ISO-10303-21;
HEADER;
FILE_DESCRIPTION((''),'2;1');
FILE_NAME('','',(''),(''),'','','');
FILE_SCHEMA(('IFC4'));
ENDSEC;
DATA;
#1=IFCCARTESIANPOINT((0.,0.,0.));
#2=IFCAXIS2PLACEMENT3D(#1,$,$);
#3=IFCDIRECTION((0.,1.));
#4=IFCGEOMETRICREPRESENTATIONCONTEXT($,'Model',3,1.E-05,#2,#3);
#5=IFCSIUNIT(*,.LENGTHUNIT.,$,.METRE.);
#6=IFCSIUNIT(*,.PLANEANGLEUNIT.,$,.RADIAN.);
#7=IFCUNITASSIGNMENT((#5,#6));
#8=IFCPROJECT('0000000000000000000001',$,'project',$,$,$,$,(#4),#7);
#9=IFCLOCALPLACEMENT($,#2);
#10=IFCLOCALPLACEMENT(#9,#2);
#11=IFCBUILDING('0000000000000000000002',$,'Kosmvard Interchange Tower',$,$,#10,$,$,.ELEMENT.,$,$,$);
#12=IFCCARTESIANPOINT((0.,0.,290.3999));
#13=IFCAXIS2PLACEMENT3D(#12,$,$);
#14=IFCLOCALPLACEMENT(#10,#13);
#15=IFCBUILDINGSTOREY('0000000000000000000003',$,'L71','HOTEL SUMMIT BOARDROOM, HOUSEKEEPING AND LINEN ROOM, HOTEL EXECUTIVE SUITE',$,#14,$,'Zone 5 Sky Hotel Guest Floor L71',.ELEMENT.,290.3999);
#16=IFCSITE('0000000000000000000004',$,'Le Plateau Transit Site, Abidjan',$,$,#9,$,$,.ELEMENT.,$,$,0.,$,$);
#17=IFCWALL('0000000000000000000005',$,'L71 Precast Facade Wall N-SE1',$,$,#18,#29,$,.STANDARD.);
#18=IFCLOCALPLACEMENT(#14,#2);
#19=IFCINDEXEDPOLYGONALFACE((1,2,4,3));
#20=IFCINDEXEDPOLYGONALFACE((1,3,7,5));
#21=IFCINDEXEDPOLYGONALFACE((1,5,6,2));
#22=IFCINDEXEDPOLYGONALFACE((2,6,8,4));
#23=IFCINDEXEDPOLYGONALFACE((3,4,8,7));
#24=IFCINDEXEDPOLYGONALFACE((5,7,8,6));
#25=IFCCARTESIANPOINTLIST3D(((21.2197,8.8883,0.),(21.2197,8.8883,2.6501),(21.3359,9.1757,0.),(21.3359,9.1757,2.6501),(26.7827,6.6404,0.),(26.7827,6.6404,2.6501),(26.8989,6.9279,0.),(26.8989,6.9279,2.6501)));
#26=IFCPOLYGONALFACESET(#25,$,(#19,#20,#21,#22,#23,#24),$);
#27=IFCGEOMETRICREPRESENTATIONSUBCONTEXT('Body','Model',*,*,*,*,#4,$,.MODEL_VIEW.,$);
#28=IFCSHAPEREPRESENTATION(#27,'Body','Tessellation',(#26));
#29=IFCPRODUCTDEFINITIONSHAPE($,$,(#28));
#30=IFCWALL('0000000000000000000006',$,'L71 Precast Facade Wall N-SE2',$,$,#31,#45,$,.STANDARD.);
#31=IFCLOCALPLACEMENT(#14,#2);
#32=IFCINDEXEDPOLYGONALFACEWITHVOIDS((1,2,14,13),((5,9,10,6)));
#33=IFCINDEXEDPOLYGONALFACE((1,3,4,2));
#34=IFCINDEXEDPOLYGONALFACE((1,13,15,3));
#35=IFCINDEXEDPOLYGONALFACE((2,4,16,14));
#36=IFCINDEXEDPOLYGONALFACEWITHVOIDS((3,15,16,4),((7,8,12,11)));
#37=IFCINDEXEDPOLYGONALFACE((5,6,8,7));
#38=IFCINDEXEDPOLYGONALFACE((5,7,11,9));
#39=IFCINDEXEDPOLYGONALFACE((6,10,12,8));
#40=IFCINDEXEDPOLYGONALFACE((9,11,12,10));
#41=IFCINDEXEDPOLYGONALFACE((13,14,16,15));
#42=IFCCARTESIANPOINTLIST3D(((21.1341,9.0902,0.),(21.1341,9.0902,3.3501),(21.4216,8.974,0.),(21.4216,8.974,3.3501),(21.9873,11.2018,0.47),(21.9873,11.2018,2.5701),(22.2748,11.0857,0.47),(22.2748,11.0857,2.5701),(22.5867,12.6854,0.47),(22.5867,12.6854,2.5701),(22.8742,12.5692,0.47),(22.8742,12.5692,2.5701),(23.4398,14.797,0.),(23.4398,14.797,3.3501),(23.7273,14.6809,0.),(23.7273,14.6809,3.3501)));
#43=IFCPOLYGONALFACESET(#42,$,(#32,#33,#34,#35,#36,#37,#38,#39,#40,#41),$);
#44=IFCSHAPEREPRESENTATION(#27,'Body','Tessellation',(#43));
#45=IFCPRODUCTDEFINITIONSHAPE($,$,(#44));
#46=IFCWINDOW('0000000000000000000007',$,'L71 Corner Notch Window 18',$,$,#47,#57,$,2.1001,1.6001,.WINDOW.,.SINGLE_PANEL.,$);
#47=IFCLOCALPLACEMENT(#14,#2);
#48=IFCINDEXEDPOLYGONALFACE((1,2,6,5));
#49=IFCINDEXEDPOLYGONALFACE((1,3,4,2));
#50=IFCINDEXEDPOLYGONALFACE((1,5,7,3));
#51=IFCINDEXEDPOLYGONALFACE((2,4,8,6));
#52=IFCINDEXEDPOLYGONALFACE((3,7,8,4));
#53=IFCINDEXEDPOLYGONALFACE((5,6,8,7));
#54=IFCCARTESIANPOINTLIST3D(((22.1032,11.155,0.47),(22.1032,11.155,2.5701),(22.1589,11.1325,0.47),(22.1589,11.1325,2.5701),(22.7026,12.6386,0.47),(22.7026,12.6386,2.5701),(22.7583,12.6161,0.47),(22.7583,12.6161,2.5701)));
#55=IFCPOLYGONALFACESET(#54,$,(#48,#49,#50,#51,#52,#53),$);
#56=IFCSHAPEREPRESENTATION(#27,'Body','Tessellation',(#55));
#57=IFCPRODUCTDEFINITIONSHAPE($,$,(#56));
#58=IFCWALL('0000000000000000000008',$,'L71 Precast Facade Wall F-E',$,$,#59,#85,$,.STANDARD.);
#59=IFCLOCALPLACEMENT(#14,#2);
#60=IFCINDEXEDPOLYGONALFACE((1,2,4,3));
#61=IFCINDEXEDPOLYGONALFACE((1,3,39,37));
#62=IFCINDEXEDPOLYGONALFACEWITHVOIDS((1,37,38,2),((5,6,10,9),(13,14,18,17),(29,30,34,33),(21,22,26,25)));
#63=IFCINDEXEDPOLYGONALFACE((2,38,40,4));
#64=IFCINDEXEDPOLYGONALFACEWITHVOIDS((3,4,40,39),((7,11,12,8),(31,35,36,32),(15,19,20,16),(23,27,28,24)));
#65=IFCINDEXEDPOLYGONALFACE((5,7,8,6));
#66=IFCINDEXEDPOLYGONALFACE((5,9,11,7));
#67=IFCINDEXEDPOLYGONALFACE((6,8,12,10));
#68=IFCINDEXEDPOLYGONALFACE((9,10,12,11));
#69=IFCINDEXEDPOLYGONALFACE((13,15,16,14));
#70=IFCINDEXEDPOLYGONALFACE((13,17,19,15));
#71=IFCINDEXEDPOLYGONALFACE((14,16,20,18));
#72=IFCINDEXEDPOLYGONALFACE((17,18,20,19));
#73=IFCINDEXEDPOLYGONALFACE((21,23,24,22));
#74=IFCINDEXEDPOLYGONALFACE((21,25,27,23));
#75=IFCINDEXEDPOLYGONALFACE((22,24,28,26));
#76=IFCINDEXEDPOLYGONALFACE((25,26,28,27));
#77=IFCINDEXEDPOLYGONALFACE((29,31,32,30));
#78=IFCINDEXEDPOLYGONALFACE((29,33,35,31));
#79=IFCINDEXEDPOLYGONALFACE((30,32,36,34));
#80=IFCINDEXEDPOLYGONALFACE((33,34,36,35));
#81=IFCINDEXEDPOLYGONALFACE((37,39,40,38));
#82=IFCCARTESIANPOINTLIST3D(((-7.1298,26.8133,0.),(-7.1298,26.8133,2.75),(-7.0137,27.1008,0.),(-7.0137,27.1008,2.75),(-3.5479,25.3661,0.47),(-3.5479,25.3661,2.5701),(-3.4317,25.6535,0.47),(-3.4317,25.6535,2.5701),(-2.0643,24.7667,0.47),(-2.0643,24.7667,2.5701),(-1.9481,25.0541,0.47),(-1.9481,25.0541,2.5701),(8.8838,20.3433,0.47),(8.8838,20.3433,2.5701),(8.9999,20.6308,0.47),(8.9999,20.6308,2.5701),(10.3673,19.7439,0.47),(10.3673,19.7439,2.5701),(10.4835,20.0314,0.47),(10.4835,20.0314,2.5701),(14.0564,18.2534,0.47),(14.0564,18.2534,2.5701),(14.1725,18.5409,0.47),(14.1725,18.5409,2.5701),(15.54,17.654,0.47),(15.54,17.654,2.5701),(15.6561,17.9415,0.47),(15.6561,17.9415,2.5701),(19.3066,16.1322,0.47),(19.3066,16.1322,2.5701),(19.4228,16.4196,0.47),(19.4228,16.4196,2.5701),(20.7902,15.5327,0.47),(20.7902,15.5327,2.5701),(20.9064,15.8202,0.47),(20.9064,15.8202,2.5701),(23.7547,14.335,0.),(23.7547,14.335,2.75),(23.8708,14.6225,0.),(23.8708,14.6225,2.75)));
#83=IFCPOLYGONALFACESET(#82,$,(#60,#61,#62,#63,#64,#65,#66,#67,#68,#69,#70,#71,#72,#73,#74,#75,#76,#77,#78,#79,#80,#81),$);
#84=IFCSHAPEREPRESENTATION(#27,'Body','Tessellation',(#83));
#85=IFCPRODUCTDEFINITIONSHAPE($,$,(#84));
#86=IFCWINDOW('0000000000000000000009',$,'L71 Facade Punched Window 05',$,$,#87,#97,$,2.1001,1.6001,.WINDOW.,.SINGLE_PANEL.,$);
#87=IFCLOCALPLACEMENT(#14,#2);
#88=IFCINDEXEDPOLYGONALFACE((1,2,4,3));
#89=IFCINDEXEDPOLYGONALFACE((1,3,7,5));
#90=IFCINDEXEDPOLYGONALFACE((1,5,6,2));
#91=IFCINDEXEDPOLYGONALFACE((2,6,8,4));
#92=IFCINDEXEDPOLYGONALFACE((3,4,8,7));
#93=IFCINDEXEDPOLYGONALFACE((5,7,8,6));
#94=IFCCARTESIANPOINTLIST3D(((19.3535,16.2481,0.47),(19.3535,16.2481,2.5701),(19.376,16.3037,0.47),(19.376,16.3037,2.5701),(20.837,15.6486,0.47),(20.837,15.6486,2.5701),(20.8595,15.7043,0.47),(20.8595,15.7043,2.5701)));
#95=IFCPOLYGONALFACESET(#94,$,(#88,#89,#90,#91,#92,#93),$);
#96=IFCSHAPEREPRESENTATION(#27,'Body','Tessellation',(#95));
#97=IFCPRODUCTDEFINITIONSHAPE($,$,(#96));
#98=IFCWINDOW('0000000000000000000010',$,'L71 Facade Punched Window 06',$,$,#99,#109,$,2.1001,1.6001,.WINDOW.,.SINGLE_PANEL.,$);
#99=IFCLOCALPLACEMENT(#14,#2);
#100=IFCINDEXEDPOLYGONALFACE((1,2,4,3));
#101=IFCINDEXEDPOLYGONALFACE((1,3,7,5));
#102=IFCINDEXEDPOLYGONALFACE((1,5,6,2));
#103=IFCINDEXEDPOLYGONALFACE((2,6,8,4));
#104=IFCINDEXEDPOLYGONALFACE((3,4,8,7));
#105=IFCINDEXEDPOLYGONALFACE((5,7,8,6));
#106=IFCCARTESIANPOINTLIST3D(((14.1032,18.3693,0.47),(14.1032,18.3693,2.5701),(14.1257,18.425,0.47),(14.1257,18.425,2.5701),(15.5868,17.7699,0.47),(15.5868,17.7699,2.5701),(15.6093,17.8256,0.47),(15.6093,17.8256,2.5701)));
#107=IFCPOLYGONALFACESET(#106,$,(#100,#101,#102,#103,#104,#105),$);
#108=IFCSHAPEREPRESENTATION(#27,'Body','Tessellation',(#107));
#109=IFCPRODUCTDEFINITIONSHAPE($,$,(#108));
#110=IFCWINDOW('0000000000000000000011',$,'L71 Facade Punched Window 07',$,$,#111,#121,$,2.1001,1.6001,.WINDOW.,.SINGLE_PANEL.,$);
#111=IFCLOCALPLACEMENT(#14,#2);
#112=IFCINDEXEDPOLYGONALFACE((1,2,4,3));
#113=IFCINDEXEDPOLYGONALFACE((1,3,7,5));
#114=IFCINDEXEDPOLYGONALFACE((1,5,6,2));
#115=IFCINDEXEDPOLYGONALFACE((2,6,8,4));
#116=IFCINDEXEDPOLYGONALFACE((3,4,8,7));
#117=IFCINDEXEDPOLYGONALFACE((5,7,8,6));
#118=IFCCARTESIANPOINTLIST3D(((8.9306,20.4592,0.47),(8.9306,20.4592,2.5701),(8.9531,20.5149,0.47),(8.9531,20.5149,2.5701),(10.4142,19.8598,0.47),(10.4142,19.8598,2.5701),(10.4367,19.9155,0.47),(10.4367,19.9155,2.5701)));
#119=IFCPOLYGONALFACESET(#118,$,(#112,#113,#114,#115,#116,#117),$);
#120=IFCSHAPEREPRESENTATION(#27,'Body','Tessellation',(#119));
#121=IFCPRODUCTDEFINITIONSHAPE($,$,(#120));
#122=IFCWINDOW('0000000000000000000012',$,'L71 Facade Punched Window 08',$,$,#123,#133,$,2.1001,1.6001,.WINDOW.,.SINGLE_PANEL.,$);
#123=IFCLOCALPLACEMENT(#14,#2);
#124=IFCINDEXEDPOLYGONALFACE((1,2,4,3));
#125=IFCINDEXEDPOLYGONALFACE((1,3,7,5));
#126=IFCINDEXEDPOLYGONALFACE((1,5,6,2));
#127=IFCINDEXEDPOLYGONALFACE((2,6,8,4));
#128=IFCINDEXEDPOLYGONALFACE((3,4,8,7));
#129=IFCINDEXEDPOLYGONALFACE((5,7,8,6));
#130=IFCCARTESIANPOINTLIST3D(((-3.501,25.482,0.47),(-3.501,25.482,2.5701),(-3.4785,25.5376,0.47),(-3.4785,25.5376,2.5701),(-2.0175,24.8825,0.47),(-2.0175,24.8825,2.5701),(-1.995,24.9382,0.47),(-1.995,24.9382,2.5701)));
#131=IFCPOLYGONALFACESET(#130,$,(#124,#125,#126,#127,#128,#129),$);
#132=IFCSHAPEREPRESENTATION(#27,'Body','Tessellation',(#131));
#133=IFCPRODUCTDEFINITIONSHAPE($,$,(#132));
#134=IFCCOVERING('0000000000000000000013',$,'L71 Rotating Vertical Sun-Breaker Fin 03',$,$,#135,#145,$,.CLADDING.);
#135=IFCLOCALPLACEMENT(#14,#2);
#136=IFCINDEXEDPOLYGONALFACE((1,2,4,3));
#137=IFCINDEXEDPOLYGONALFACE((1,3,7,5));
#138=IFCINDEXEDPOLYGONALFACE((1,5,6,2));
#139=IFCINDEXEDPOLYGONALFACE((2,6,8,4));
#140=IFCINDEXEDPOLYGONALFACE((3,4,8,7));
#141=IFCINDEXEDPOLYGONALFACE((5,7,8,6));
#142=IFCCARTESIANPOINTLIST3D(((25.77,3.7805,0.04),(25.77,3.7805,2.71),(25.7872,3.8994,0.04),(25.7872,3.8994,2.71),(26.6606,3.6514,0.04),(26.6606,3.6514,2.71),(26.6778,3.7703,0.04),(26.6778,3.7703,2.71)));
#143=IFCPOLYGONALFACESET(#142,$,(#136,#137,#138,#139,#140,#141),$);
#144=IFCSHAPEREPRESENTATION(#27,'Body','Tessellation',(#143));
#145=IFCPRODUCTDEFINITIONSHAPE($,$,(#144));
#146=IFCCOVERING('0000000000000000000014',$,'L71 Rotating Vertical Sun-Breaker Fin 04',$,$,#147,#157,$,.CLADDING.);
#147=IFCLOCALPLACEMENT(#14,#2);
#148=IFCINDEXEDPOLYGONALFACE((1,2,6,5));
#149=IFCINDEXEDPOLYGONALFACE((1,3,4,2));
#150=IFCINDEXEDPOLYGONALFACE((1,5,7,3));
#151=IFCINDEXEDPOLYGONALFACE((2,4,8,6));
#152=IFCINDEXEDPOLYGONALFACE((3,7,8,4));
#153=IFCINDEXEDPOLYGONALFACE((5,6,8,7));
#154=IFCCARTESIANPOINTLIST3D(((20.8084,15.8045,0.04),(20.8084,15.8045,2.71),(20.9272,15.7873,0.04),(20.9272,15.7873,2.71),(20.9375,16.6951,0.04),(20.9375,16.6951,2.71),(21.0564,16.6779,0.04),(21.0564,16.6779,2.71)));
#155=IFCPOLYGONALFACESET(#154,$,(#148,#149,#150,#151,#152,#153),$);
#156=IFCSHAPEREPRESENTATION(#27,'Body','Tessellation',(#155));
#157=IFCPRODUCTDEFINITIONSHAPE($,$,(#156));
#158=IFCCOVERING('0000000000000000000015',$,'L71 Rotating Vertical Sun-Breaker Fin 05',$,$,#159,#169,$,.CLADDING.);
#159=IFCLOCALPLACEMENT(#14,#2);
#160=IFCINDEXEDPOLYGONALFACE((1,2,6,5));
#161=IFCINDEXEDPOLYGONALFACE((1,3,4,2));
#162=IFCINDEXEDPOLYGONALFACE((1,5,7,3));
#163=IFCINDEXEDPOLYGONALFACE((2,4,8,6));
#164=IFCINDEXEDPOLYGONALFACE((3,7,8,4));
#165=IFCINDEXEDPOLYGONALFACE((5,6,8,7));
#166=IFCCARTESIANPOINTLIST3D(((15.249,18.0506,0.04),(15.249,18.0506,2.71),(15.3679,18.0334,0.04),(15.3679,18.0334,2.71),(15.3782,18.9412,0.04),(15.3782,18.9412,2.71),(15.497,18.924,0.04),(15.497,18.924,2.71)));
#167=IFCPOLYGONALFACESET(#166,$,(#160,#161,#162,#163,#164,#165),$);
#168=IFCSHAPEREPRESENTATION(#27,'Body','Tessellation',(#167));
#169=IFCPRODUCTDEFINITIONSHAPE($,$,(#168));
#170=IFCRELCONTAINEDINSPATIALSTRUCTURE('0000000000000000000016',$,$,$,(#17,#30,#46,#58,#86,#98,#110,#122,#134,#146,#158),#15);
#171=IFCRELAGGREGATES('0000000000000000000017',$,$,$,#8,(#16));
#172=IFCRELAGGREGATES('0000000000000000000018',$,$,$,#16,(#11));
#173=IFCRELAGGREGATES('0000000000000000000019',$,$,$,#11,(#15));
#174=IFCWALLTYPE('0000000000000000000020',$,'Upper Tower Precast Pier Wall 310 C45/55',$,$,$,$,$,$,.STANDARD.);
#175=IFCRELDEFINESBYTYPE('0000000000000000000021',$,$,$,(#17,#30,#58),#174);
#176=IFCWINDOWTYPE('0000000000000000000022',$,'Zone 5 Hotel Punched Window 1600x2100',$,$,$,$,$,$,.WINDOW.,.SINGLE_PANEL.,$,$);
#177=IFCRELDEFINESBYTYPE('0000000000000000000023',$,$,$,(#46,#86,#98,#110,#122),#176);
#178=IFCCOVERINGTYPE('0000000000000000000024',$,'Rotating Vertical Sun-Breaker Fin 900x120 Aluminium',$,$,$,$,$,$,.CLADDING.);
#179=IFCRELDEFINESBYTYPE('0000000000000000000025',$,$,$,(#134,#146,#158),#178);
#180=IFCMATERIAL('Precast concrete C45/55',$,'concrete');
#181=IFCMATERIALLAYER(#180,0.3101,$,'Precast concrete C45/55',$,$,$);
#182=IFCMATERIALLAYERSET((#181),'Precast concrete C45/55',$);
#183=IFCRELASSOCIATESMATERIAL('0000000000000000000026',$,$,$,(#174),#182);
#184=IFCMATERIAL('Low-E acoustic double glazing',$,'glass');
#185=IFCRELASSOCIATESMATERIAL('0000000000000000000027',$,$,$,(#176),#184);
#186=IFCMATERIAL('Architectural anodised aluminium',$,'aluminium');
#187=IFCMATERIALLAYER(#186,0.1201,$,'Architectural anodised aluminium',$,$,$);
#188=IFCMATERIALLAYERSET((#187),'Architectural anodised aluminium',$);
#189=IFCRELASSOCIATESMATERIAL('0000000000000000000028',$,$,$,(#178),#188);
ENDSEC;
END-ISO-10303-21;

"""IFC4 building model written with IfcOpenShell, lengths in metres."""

from ifc_helpers import new_model, si_unit, direction, frame, frame_2d, origin, origin_2d, place, context, subcontext, project, spatial, rectangle, extrude, source, transform, mapped, material, layer, layer_set, type_object, element, fill, save


model = new_model("IFC4")

# Units and contexts
model_context = context("Model", 3, precision=1e-05, world=origin(), true_north=direction((0.0, 1.0)))
body_context = subcontext(model_context, "Body", "Model", "MODEL_VIEW")
ifc_project = project(units=[si_unit("LENGTHUNIT", "METRE"), si_unit("PLANEANGLEUNIT", "RADIAN")], contexts=[model_context])

# Site, building, storey
site_placement = place(None, origin())
site = spatial("IfcSite", under=ifc_project, at=site_placement, Name="Le Plateau Transit Site, Abidjan", CompositionType="ELEMENT", RefElevation=0.0)
building_placement = place(site_placement, origin())
building = spatial("IfcBuilding", under=site, at=building_placement, Name="Kosmvard Interchange Tower", CompositionType="ELEMENT")
storey_placement = place(building_placement, frame((0.0, 0.0, 290.3999)))
storey = spatial("IfcBuildingStorey", under=building, at=storey_placement, Name="L71", Description="HOTEL SUMMIT BOARDROOM, HOUSEKEEPING AND LINEN ROOM, HOTEL EXECUTIVE SUITE", LongName="Zone 5 Sky Hotel Guest Floor L71", CompositionType="ELEMENT", Elevation=290.3999)

# Shared definitions
ifc_material_1 = material(Name="Precast concrete C45/55", Category="concrete")

# Wall
ifc_layer_1 = layer(ifc_material_1, 0.3101, Name="Precast concrete C45/55")
ifc_layer_set_1 = layer_set([ifc_layer_1], Name="Precast concrete C45/55")
wall_type_1 = type_object("IfcWallType", Name="Upper Tower Precast Pier Wall 310 C45/55", PredefinedType="STANDARD", material=ifc_layer_set_1)
wall_1_placement = place(storey_placement, frame((26.8408, 6.7842, 0.0), z_axis=(0.0, 0.0, 1.0), x_axis=(-0.927172, 0.374637, 0.0)))
element("IfcWall", 1, at=wall_1_placement, inside=storey, type_object=wall_type_1, Name="L71 Precast Facade Wall N-SE1", PredefinedType="STANDARD", context=body_context, shape_type="SweptSolid", body=[
    extrude(rectangle(XDim=6.0, YDim=0.3101, at=frame_2d((3.0, 0.0))), origin(), (0.0, 0.0, 1.0), 2.6501),
])

# Wall, opening, window
wall_2_placement = place(storey_placement, frame((21.2778, 9.032, 0.0), z_axis=(0.0, 0.0, 1.0), x_axis=(0.374603, 0.927185, 0.0)))
wall_2 = element("IfcWall", 2, at=wall_2_placement, inside=storey, type_object=wall_type_1, Name="L71 Precast Facade Wall N-SE2", PredefinedType="STANDARD", context=body_context, shape_type="SweptSolid", body=[
    extrude(rectangle(XDim=6.155, YDim=0.3101, at=frame_2d((3.0776, 0.0))), origin(), (0.0, 0.0, 1.0), 3.3501),
])
opening_1_placement = place(wall_2_placement, frame((2.2776, 0.0, 0.47)))
opening_1 = element("IfcOpeningElement", 3, at=opening_1_placement, cuts=wall_2, PredefinedType="OPENING", context=body_context, shape_type="SweptSolid", body=[
    extrude(rectangle(XDim=1.6001, YDim=2.1001, at=frame_2d((0.8, 1.05))), frame((0.0, 0.165, 0.0), z_axis=(0.0, -1.0, 0.0), x_axis=(1.0, 0.0, 0.0)), (0.0, 0.0, 1.0), 0.3301),
])
ifc_material_2 = material(Name="Low-E acoustic double glazing", Category="glass")
window_type = type_object("IfcWindowType", Name="Zone 5 Hotel Punched Window 1600x2100", PartitioningType="SINGLE_PANEL", PredefinedType="WINDOW", material=ifc_material_2)
shared_shape_1 = source(origin(), body_context, "Body", "SweptSolid", [
    extrude(rectangle(XDim=1.6001, YDim=2.1001, at=frame_2d((0.8, 1.05))), frame((0.0, 0.03, 0.0), z_axis=(0.0, -1.0, 0.0), x_axis=(1.0, 0.0, 0.0)), (0.0, 0.0, 1.0), 0.0601),
])
window_1_placement = place(opening_1_placement, origin())
window_1 = element("IfcWindow", 4, at=window_1_placement, inside=storey, type_object=window_type, Name="L71 Corner Notch Window 18", OverallHeight=2.1001, OverallWidth=1.6001, PartitioningType="SINGLE_PANEL", PredefinedType="WINDOW", context=body_context, shape_type="MappedRepresentation", body=[
    mapped(shared_shape_1, transform((0.0, 0.0, 0.0), scale=1.0)),
])
fill(opening_1, window_1)

# Wall, openings, windows
wall_3_placement = place(storey_placement, frame((23.8127, 14.4788, 0.0), z_axis=(0.0, 0.0, 1.0), x_axis=(-0.927183, 0.37461, 0.0)))
wall_3 = element("IfcWall", 5, at=wall_3_placement, inside=storey, type_object=wall_type_1, Name="L71 Precast Facade Wall F-E", PredefinedType="STANDARD", context=body_context, shape_type="SweptSolid", body=[
    extrude(rectangle(XDim=33.3101, YDim=0.3101, at=frame_2d((16.655, 0.0))), origin(), (0.0, 0.0, 1.0), 2.75),
])
opening_2_placement = place(wall_3_placement, frame((3.1973, 0.0, 0.47)))
opening_2 = element("IfcOpeningElement", 6, at=opening_2_placement, cuts=wall_3, PredefinedType="OPENING", context=body_context, shape_type="SweptSolid", body=[
    extrude(rectangle(XDim=1.6001, YDim=2.1001, at=frame_2d((0.8, 1.05))), frame((0.0, 0.165, 0.0), z_axis=(0.0, -1.0, 0.0), x_axis=(1.0, 0.0, 0.0)), (0.0, 0.0, 1.0), 0.3301),
])
opening_3_placement = place(wall_3_placement, frame((8.8599, 0.0, 0.47)))
opening_3 = element("IfcOpeningElement", 7, at=opening_3_placement, cuts=wall_3, PredefinedType="OPENING", context=body_context, shape_type="SweptSolid", body=[
    extrude(rectangle(XDim=1.6001, YDim=2.1001, at=frame_2d((0.8, 1.05))), frame((0.0, 0.165, 0.0), z_axis=(0.0, -1.0, 0.0), x_axis=(1.0, 0.0, 0.0)), (0.0, 0.0, 1.0), 0.3301),
])
opening_4_placement = place(wall_3_placement, frame((14.4387, 0.0, 0.47)))
opening_4 = element("IfcOpeningElement", 8, at=opening_4_placement, cuts=wall_3, PredefinedType="OPENING", context=body_context, shape_type="SweptSolid", body=[
    extrude(rectangle(XDim=1.6001, YDim=2.1001, at=frame_2d((0.8, 1.05))), frame((0.0, 0.165, 0.0), z_axis=(0.0, -1.0, 0.0), x_axis=(1.0, 0.0, 0.0)), (0.0, 0.0, 1.0), 0.3301),
])
opening_5_placement = place(wall_3_placement, frame((27.8467, 0.0, 0.47)))
opening_5 = element("IfcOpeningElement", 9, at=opening_5_placement, cuts=wall_3, PredefinedType="OPENING", context=body_context, shape_type="SweptSolid", body=[
    extrude(rectangle(XDim=1.6001, YDim=2.1001, at=frame_2d((0.8, 1.05))), frame((0.0, 0.165, 0.0), z_axis=(0.0, -1.0, 0.0), x_axis=(1.0, 0.0, 0.0)), (0.0, 0.0, 1.0), 0.3301),
])
window_2_placement = place(opening_2_placement, origin())
window_2 = element("IfcWindow", 10, at=window_2_placement, inside=storey, type_object=window_type, Name="L71 Facade Punched Window 05", OverallHeight=2.1001, OverallWidth=1.6001, PartitioningType="SINGLE_PANEL", PredefinedType="WINDOW", context=body_context, shape_type="MappedRepresentation", body=[
    mapped(shared_shape_1, transform((0.0, 0.0, 0.0), scale=1.0)),
])
fill(opening_2, window_2)
window_3_placement = place(opening_3_placement, origin())
window_3 = element("IfcWindow", 11, at=window_3_placement, inside=storey, type_object=window_type, Name="L71 Facade Punched Window 06", OverallHeight=2.1001, OverallWidth=1.6001, PartitioningType="SINGLE_PANEL", PredefinedType="WINDOW", context=body_context, shape_type="MappedRepresentation", body=[
    mapped(shared_shape_1, transform((0.0, 0.0, 0.0), scale=1.0)),
])
fill(opening_3, window_3)
window_4_placement = place(opening_4_placement, origin())
window_4 = element("IfcWindow", 12, at=window_4_placement, inside=storey, type_object=window_type, Name="L71 Facade Punched Window 07", OverallHeight=2.1001, OverallWidth=1.6001, PartitioningType="SINGLE_PANEL", PredefinedType="WINDOW", context=body_context, shape_type="MappedRepresentation", body=[
    mapped(shared_shape_1, transform((0.0, 0.0, 0.0), scale=1.0)),
])
fill(opening_4, window_4)
window_5_placement = place(opening_5_placement, origin())
window_5 = element("IfcWindow", 13, at=window_5_placement, inside=storey, type_object=window_type, Name="L71 Facade Punched Window 08", OverallHeight=2.1001, OverallWidth=1.6001, PartitioningType="SINGLE_PANEL", PredefinedType="WINDOW", context=body_context, shape_type="MappedRepresentation", body=[
    mapped(shared_shape_1, transform((0.0, 0.0, 0.0), scale=1.0)),
])
fill(opening_5, window_5)

# Coverings
ifc_material_3 = material(Name="Architectural anodised aluminium", Category="aluminium")
ifc_layer_2 = layer(ifc_material_3, 0.1201, Name="Architectural anodised aluminium")
ifc_layer_set_2 = layer_set([ifc_layer_2], Name="Architectural anodised aluminium")
covering_type = type_object("IfcCoveringType", Name="Rotating Vertical Sun-Breaker Fin 900x120 Aluminium", PredefinedType="CLADDING", material=ifc_layer_set_2)
shared_shape_2 = source(origin(), body_context, "Body", "SweptSolid", [
    extrude(rectangle(XDim=0.8999, YDim=0.1201, at=origin_2d()), origin(), (0.0, 0.0, 1.0), 2.6699),
])
for number, where, z_axis, x_axis, name in (
    (14, (26.2239, 3.7754, 0.04), (0.0, 0.0, 1.0), (0.989651, -0.143493, 0.0), "L71 Rotating Vertical Sun-Breaker Fin 03"),
    (15, (20.9324, 16.2412, 0.04), (0.0, 0.0, 1.0), (0.143493, 0.989651, 0.0), "L71 Rotating Vertical Sun-Breaker Fin 04"),
    (16, (15.373, 18.4873, 0.04), (0.0, 0.0, 1.0), (0.143493, 0.989651, 0.0), "L71 Rotating Vertical Sun-Breaker Fin 05"),
):
    element("IfcCovering", number, at=place(storey_placement, frame(where, z_axis=z_axis, x_axis=x_axis)), inside=storey, type_object=covering_type, Name=name, PredefinedType="CLADDING", context=body_context, shape_type="MappedRepresentation", body=[
        mapped(shared_shape_2, transform((0.0, 0.0, 0.0), scale=1.0)),
    ])

save(model, "model.ifc")
